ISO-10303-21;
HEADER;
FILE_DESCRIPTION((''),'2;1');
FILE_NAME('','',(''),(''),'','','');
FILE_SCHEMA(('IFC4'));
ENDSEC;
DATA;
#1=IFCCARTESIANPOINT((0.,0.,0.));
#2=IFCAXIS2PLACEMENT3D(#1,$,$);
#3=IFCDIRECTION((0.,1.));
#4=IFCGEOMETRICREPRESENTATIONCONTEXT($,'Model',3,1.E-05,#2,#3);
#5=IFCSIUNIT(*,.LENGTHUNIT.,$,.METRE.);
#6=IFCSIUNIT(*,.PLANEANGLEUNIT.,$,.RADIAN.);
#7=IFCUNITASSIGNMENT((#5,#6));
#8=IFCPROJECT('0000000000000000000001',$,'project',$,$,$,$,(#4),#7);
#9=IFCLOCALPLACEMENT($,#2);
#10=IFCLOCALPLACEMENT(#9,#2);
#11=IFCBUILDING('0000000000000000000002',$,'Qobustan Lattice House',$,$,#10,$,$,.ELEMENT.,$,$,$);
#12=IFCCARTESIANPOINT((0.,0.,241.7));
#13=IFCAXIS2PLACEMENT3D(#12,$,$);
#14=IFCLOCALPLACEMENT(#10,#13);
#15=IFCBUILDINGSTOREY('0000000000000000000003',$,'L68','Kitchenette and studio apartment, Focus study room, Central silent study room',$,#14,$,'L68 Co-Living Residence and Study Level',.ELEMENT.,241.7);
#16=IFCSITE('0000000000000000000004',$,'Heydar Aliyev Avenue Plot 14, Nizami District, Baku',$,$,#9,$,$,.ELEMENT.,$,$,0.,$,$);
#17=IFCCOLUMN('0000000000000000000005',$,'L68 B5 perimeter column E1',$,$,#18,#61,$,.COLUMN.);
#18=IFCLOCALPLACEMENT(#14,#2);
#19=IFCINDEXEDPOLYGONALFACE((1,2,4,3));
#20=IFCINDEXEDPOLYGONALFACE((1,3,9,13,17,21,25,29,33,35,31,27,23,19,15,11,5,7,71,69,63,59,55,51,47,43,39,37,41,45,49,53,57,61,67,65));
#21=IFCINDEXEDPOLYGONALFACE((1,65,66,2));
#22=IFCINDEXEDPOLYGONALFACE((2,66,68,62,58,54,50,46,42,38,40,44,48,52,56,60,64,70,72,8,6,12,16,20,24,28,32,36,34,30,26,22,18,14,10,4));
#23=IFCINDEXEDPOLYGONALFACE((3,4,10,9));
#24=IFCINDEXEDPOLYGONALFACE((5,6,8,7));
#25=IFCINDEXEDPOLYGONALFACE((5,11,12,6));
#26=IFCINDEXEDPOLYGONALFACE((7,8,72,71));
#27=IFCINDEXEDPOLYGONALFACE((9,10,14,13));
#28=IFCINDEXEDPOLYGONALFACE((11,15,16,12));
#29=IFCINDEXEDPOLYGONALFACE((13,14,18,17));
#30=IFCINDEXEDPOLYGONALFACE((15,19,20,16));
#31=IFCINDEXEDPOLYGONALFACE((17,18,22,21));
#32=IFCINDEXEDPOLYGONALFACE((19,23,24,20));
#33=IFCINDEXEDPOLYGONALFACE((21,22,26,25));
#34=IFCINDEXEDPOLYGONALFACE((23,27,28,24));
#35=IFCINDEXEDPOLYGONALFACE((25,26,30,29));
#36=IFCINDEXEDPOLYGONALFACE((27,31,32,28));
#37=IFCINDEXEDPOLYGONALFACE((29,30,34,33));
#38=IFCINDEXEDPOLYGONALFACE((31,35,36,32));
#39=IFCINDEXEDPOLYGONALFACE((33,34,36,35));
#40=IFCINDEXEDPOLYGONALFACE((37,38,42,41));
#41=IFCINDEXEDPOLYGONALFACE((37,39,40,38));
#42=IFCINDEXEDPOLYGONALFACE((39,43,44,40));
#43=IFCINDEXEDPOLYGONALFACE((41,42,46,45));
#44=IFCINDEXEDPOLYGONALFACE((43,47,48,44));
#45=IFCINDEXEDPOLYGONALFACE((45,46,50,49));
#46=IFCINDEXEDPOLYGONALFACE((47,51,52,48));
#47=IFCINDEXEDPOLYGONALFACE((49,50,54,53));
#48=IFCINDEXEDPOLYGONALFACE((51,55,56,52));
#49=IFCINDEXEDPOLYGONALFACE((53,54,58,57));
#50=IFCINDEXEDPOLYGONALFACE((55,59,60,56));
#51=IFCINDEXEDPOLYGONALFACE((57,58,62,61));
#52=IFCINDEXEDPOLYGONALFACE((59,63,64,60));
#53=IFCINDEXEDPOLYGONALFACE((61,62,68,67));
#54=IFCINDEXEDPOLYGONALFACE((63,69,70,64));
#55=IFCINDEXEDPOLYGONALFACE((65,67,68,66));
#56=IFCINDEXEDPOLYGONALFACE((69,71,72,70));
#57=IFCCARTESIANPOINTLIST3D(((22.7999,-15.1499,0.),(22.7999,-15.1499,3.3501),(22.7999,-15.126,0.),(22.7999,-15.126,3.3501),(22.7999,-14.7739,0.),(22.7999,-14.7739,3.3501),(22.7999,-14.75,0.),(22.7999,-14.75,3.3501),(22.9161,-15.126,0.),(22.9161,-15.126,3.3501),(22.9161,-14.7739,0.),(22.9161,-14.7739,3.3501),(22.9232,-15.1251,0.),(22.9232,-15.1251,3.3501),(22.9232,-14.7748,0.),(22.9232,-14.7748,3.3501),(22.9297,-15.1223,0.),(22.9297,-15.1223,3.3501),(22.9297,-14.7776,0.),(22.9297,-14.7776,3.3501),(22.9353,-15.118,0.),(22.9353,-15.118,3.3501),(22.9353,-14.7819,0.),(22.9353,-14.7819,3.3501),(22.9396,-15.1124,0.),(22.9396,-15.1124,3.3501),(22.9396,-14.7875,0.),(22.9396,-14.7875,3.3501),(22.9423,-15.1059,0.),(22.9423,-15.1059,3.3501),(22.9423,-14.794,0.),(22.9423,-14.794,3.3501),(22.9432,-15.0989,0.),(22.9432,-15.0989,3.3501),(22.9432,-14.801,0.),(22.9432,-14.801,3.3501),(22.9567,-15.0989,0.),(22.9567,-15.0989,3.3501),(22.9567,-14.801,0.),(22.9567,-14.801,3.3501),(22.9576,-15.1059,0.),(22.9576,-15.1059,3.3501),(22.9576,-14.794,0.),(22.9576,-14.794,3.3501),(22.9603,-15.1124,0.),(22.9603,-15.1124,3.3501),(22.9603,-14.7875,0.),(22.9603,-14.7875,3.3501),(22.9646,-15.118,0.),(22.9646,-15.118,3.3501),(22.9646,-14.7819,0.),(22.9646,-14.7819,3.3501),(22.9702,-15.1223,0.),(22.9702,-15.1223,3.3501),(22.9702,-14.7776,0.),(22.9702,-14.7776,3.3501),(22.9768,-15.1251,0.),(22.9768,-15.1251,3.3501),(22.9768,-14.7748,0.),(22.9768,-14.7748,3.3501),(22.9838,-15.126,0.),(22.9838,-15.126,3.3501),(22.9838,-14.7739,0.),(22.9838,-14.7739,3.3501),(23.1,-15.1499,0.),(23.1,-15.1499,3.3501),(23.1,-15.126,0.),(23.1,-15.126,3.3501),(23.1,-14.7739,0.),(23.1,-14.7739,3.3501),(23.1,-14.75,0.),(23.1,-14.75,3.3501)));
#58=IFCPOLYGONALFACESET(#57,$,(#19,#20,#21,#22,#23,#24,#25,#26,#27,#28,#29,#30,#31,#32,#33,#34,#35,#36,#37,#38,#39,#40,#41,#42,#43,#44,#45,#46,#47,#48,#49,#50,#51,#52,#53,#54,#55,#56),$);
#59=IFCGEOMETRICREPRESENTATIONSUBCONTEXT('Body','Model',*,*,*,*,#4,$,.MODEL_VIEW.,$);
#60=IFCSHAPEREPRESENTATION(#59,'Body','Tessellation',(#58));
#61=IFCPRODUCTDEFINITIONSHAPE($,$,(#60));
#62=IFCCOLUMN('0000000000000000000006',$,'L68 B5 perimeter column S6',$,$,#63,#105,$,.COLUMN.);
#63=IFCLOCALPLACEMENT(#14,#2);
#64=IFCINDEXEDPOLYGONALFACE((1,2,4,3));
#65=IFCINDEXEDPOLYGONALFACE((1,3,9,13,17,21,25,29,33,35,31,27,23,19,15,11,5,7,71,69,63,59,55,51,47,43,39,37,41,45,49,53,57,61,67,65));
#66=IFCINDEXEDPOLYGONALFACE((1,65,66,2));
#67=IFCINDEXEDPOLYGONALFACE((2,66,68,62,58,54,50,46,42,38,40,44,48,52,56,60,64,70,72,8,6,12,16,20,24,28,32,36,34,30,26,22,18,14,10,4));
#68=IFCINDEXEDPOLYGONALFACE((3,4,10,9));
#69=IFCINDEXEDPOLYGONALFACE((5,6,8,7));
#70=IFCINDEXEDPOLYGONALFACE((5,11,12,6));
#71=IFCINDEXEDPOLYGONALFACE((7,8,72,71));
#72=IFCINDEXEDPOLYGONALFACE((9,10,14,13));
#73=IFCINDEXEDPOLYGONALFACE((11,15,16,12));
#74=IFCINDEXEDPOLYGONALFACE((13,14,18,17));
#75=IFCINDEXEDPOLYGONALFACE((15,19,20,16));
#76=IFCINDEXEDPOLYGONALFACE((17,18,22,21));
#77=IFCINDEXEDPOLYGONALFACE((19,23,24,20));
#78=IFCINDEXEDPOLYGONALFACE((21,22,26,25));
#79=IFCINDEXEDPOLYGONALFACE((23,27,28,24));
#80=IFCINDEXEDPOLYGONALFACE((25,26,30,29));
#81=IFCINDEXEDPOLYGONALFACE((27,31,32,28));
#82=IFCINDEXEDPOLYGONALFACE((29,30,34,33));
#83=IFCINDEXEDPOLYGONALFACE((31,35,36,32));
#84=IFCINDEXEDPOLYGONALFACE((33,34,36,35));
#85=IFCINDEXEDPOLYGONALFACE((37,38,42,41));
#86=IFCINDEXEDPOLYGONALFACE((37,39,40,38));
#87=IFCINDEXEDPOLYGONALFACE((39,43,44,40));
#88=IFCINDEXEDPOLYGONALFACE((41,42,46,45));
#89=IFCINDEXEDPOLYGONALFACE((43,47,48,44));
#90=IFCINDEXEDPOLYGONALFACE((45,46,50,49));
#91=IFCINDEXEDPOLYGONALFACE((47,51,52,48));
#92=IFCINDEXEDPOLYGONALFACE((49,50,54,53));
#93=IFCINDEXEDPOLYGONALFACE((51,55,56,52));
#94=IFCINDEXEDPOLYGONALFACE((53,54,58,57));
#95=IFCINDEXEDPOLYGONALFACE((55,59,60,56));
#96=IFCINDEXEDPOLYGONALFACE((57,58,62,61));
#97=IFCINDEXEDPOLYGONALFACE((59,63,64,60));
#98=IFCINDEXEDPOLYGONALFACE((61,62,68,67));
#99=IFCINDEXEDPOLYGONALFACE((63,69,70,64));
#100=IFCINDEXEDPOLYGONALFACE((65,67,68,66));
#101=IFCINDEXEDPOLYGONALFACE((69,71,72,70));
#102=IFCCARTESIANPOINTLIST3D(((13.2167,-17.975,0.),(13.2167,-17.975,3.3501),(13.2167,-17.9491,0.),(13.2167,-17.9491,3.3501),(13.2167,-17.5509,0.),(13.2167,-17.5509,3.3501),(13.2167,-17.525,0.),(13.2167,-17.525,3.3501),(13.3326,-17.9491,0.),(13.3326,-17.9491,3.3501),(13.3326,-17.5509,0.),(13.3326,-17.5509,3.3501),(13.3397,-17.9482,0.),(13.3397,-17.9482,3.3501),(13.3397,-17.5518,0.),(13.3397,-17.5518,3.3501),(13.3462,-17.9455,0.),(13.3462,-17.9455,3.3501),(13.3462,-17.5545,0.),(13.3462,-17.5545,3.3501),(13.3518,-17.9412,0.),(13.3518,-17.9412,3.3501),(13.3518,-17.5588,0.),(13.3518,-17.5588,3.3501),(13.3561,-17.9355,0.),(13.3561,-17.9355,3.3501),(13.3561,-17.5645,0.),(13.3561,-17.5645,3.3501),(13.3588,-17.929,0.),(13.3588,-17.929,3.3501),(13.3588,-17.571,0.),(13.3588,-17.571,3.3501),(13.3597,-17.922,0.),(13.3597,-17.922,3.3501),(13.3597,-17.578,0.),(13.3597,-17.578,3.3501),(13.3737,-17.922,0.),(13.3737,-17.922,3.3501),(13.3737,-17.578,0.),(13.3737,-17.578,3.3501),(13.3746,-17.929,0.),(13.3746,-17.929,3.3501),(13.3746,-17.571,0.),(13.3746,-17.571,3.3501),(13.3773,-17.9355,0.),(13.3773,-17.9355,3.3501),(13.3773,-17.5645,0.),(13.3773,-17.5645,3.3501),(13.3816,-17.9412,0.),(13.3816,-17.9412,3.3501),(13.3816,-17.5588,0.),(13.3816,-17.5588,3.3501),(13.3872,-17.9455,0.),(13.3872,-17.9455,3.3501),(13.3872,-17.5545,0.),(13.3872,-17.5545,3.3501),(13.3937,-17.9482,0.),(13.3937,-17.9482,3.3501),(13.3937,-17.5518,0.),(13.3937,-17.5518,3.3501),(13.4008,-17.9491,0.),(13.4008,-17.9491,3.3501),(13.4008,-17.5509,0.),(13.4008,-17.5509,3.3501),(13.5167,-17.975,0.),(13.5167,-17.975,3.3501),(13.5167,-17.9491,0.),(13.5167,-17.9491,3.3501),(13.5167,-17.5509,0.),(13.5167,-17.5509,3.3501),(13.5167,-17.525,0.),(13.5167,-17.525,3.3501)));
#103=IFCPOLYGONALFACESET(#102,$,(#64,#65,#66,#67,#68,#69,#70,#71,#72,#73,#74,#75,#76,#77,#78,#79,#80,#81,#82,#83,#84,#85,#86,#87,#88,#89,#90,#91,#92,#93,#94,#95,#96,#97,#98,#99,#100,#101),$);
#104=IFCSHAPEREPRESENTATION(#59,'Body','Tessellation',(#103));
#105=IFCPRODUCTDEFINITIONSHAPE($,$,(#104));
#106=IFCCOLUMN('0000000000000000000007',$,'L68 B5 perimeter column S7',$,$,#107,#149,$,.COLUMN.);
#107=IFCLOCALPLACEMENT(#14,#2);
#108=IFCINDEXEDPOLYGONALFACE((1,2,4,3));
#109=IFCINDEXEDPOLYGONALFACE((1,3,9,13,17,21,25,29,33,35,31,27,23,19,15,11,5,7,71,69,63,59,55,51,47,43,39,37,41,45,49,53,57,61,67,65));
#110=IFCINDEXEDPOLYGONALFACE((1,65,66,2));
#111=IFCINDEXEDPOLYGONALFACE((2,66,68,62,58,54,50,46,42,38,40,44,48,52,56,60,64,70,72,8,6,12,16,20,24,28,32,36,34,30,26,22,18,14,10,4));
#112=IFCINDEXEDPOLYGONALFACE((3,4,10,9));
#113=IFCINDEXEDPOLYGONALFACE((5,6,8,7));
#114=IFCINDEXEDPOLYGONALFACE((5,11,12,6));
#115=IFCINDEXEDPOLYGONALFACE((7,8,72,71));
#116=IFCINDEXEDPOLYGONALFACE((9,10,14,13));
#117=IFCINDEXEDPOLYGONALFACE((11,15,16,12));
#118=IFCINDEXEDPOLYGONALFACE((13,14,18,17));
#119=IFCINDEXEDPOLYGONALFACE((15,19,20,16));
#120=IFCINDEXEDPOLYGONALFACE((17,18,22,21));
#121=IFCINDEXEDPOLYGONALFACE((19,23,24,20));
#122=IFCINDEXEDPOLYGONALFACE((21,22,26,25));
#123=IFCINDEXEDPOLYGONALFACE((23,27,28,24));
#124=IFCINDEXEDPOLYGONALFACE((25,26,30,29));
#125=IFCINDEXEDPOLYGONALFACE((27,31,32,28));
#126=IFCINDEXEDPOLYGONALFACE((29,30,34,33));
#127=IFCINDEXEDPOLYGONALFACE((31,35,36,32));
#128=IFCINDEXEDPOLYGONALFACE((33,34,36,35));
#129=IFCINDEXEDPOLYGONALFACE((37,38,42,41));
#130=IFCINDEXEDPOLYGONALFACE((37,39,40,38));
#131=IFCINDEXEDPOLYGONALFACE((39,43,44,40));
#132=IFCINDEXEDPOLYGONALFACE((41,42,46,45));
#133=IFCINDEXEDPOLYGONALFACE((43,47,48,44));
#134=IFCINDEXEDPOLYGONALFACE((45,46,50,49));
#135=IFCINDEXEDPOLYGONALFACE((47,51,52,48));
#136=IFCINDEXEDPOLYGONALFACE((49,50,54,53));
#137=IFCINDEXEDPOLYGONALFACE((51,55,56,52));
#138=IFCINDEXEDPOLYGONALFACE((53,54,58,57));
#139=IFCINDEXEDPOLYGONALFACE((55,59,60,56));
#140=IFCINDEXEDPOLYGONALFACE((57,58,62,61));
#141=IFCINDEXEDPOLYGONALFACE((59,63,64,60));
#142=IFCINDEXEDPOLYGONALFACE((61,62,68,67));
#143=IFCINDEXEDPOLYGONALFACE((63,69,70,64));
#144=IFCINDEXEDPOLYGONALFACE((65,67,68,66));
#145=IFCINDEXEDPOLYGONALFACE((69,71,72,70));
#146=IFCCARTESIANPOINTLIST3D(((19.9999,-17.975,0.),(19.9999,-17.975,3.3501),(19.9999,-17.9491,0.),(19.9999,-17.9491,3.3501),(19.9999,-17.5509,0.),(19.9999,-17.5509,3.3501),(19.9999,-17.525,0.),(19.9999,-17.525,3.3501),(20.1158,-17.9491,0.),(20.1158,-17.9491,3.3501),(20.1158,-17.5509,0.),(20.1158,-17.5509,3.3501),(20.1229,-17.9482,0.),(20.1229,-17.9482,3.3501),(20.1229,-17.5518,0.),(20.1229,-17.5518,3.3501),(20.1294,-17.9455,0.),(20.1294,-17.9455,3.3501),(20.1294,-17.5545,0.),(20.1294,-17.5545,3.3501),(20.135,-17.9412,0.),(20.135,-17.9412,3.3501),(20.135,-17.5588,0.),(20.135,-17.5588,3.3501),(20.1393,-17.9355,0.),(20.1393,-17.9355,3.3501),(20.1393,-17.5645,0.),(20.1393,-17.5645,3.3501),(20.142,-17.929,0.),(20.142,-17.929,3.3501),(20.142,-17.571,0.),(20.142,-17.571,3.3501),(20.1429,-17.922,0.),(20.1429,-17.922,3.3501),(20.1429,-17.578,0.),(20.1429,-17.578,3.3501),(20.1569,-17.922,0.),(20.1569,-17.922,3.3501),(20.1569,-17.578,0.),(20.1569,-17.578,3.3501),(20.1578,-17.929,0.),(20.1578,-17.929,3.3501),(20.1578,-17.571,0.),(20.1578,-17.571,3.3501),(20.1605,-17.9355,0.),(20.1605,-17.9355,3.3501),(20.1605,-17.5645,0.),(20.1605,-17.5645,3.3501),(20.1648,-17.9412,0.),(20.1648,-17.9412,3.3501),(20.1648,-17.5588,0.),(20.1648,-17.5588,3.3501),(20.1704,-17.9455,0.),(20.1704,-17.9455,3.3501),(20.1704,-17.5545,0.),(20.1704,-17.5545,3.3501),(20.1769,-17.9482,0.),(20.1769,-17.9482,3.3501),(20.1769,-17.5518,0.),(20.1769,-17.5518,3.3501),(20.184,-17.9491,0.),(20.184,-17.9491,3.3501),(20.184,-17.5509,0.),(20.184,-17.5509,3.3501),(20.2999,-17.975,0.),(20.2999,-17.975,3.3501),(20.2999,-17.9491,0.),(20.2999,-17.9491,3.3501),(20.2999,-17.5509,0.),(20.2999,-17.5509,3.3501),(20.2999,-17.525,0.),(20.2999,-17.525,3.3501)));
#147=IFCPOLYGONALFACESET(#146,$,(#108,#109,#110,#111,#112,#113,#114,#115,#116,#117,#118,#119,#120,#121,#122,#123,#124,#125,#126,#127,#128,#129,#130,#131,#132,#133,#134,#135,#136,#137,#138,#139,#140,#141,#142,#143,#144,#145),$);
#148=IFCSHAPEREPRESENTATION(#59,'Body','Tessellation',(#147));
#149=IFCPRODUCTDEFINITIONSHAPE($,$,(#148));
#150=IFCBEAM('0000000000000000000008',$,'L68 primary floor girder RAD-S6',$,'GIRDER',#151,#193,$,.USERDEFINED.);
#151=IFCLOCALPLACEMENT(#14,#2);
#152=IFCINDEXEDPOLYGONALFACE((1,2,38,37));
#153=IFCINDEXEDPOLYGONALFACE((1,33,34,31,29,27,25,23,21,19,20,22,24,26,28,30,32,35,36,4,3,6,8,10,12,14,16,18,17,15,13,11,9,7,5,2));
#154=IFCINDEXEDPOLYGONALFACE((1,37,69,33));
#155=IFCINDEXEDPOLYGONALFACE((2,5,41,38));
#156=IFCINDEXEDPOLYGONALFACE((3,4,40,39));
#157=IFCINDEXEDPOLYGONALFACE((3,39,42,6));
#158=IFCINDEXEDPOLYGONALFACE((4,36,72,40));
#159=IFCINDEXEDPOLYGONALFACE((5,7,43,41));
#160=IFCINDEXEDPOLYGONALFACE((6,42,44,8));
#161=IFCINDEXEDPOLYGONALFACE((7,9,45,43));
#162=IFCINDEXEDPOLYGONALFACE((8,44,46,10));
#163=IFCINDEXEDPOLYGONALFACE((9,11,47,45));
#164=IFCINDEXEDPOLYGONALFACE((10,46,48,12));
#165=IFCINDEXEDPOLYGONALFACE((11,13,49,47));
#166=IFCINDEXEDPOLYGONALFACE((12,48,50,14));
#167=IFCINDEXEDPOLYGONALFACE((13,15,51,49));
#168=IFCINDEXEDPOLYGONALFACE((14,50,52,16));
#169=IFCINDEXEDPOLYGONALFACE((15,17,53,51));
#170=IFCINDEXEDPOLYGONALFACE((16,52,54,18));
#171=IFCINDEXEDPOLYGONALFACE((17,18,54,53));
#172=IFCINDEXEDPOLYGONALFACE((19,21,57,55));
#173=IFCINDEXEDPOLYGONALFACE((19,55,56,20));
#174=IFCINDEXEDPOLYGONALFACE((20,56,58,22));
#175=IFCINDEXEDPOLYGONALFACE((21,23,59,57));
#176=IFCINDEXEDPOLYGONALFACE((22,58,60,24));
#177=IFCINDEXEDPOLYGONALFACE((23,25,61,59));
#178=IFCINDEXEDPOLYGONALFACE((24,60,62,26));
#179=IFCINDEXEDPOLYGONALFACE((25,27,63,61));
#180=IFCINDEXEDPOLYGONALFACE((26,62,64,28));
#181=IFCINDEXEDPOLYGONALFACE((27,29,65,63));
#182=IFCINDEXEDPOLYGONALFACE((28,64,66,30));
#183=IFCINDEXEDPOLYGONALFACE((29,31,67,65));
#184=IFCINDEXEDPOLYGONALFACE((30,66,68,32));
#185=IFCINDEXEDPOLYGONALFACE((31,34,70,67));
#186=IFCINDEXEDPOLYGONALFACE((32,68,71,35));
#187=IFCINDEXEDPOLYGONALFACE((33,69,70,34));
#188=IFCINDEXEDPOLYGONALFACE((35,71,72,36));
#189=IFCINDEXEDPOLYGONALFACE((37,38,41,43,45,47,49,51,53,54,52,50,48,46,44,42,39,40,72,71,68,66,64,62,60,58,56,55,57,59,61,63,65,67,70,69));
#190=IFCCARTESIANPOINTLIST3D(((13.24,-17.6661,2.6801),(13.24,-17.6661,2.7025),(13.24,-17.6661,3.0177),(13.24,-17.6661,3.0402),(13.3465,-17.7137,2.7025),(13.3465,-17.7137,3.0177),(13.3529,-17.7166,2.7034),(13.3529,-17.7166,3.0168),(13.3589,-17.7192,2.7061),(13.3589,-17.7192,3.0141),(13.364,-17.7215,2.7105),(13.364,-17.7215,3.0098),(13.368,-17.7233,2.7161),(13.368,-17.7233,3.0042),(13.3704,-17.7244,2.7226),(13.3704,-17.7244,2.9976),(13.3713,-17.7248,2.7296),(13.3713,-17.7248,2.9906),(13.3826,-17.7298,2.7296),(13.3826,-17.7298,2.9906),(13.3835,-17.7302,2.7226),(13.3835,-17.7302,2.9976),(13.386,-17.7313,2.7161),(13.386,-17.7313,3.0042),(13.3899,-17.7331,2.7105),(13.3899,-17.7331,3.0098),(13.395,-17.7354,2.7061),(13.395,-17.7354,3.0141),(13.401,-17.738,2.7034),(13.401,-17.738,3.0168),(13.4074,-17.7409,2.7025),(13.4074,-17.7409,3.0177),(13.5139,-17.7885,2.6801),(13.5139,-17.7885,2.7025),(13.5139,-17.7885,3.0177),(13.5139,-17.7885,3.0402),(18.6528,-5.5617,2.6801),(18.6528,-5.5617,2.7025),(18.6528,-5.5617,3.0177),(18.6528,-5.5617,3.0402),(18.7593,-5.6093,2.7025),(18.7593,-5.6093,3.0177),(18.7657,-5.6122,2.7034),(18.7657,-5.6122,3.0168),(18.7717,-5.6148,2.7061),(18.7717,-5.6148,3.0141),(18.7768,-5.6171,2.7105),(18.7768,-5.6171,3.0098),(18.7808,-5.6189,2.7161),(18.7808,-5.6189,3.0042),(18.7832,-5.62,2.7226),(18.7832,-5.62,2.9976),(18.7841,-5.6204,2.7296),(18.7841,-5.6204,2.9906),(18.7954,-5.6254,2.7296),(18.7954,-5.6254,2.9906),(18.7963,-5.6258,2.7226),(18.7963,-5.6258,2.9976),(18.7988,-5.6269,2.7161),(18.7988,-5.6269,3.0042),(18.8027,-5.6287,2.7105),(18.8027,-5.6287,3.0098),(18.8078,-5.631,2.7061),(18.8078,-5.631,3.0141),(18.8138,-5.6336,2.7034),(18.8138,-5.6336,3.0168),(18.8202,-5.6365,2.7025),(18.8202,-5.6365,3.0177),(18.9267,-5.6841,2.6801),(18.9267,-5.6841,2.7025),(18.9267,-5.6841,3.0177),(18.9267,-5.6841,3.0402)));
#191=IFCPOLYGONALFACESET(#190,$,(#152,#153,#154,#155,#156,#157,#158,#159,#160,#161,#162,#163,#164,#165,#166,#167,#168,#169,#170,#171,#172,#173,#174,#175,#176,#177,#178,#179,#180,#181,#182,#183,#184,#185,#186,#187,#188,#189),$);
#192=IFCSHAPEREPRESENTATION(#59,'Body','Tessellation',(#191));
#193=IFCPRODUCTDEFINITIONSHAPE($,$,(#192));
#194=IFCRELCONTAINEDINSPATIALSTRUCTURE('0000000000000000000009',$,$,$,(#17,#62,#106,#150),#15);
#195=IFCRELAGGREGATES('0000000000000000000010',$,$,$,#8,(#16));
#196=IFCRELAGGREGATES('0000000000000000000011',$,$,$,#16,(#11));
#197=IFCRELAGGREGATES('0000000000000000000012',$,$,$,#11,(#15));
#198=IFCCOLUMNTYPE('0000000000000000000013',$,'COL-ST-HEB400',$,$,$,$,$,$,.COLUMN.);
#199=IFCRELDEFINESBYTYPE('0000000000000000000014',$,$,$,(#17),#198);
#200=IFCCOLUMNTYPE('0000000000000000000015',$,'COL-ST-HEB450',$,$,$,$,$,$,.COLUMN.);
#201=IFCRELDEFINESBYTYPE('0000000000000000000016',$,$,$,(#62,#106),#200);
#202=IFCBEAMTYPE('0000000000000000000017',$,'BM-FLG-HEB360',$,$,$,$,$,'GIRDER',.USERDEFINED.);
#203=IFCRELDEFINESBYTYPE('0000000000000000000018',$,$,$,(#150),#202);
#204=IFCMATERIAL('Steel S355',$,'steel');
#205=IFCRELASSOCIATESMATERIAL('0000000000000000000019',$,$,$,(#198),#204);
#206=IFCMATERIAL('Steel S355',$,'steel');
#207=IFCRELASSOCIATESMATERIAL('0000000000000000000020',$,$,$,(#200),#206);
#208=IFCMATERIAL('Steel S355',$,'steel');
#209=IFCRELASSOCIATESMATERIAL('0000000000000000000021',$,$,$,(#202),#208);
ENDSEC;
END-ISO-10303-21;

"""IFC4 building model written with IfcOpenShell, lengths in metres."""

from ifc_helpers import new_model, si_unit, direction, frame, origin, origin_2d, place, context, subcontext, project, spatial, i_section, extrude, material, material_profile, profile_set, type_object, element, save


model = new_model("IFC4")

# Units and contexts
model_context = context("Model", 3, precision=1e-05, world=origin(), true_north=direction((0.0, 1.0)))
body_context = subcontext(model_context, "Body", "Model", "MODEL_VIEW")
ifc_project = project(units=[si_unit("LENGTHUNIT", "METRE"), si_unit("PLANEANGLEUNIT", "RADIAN")], contexts=[model_context])

# Site, building, storey
site_placement = place(None, origin())
site = spatial("IfcSite", under=ifc_project, at=site_placement, Name="Heydar Aliyev Avenue Plot 14, Nizami District, Baku", CompositionType="ELEMENT", RefElevation=0.0)
building_placement = place(site_placement, origin())
building = spatial("IfcBuilding", under=site, at=building_placement, Name="Qobustan Lattice House", CompositionType="ELEMENT")
storey_placement = place(building_placement, frame((0.0, 0.0, 241.7)))
storey = spatial("IfcBuildingStorey", under=building, at=storey_placement, Name="L68", Description="Kitchenette and studio apartment, Focus study room, Central silent study room", LongName="L68 Co-Living Residence and Study Level", CompositionType="ELEMENT", Elevation=241.7)

# Columns
ifc_material_1 = material(Name="Steel S355", Category="steel")
ifc_material_profile_1 = material_profile(ifc_material_1, i_section(OverallWidth=0.3, OverallDepth=0.3999, WebThickness=0.0134, FlangeThickness=0.0239, FilletRadius=0.0271, at=origin_2d()), Name="HEB400")
ifc_profile_set_1 = profile_set([ifc_material_profile_1], Name="Steel S355")
column_type_1 = type_object("IfcColumnType", Name="COL-ST-HEB400", PredefinedType="COLUMN", material=ifc_profile_set_1)
column_placement = place(storey_placement, frame((22.95, -14.95, 0.0), z_axis=(0.0, 0.0, 1.0), x_axis=(1.0, 0.0, 0.0)))
element("IfcColumn", 1, at=column_placement, inside=storey, type_object=column_type_1, Name="L68 B5 perimeter column E1", PredefinedType="COLUMN", context=body_context, shape_type="SweptSolid", body=[
    extrude(i_section(OverallWidth=0.3, OverallDepth=0.3999, WebThickness=0.0134, FlangeThickness=0.0239, FilletRadius=0.0271, at=origin_2d()), origin(), (0.0, 0.0, 1.0), 3.3501),
])
ifc_material_2 = material(Name="Steel S355", Category="steel")
ifc_material_profile_2 = material_profile(ifc_material_2, i_section(OverallWidth=0.3, OverallDepth=0.45, WebThickness=0.0139, FlangeThickness=0.0259, FilletRadius=0.0271, at=origin_2d()), Name="HEB450")
ifc_profile_set_2 = profile_set([ifc_material_profile_2], Name="Steel S355")
column_type_2 = type_object("IfcColumnType", Name="COL-ST-HEB450", PredefinedType="COLUMN", material=ifc_profile_set_2)
for number, where, z_axis, x_axis, name in (
    (2, (13.3667, -17.75, 0.0), (0.0, 0.0, 1.0), (1.0, 0.0, 0.0), "L68 B5 perimeter column S6"),
    (3, (20.1499, -17.75, 0.0), (0.0, 0.0, 1.0), (1.0, 0.0, 0.0), "L68 B5 perimeter column S7"),
):
    element("IfcColumn", number, at=place(storey_placement, frame(where, z_axis=z_axis, x_axis=x_axis)), inside=storey, type_object=column_type_2, Name=name, PredefinedType="COLUMN", context=body_context, shape_type="SweptSolid", body=[
        extrude(i_section(OverallWidth=0.3, OverallDepth=0.45, WebThickness=0.0139, FlangeThickness=0.0259, FilletRadius=0.0271, at=origin_2d()), origin(), (0.0, 0.0, 1.0), 3.3501),
    ])

# Beam
ifc_material_3 = material(Name="Steel S355", Category="steel")
ifc_material_profile_3 = material_profile(ifc_material_3, i_section(OverallWidth=0.3, OverallDepth=0.3601, WebThickness=0.0125, FlangeThickness=0.0225, FilletRadius=0.0271, at=origin_2d()), Name="HEB360")
ifc_profile_set_3 = profile_set([ifc_material_profile_3], Name="Steel S355")
beam_type_1 = type_object("IfcBeamType", Name="BM-FLG-HEB360", ElementType="GIRDER", PredefinedType="USERDEFINED", material=ifc_profile_set_3)
beam_1_placement = place(storey_placement, frame((13.377, -17.7273, 2.8601), z_axis=(0.40822, 0.912884, 0.0), x_axis=(-0.912884, 0.40822, 0.0)))
element("IfcBeam", 4, at=beam_1_placement, inside=storey, type_object=beam_type_1, Name="L68 primary floor girder RAD-S6", ObjectType="GIRDER", PredefinedType="USERDEFINED", context=body_context, shape_type="SweptSolid", body=[
    extrude(i_section(OverallWidth=0.3, OverallDepth=0.3601, WebThickness=0.0125, FlangeThickness=0.0225, FilletRadius=0.0271, at=origin_2d()), origin(), (0.0, 0.0, 1.0), 13.2595),
])

save(model, "model.ifc")
